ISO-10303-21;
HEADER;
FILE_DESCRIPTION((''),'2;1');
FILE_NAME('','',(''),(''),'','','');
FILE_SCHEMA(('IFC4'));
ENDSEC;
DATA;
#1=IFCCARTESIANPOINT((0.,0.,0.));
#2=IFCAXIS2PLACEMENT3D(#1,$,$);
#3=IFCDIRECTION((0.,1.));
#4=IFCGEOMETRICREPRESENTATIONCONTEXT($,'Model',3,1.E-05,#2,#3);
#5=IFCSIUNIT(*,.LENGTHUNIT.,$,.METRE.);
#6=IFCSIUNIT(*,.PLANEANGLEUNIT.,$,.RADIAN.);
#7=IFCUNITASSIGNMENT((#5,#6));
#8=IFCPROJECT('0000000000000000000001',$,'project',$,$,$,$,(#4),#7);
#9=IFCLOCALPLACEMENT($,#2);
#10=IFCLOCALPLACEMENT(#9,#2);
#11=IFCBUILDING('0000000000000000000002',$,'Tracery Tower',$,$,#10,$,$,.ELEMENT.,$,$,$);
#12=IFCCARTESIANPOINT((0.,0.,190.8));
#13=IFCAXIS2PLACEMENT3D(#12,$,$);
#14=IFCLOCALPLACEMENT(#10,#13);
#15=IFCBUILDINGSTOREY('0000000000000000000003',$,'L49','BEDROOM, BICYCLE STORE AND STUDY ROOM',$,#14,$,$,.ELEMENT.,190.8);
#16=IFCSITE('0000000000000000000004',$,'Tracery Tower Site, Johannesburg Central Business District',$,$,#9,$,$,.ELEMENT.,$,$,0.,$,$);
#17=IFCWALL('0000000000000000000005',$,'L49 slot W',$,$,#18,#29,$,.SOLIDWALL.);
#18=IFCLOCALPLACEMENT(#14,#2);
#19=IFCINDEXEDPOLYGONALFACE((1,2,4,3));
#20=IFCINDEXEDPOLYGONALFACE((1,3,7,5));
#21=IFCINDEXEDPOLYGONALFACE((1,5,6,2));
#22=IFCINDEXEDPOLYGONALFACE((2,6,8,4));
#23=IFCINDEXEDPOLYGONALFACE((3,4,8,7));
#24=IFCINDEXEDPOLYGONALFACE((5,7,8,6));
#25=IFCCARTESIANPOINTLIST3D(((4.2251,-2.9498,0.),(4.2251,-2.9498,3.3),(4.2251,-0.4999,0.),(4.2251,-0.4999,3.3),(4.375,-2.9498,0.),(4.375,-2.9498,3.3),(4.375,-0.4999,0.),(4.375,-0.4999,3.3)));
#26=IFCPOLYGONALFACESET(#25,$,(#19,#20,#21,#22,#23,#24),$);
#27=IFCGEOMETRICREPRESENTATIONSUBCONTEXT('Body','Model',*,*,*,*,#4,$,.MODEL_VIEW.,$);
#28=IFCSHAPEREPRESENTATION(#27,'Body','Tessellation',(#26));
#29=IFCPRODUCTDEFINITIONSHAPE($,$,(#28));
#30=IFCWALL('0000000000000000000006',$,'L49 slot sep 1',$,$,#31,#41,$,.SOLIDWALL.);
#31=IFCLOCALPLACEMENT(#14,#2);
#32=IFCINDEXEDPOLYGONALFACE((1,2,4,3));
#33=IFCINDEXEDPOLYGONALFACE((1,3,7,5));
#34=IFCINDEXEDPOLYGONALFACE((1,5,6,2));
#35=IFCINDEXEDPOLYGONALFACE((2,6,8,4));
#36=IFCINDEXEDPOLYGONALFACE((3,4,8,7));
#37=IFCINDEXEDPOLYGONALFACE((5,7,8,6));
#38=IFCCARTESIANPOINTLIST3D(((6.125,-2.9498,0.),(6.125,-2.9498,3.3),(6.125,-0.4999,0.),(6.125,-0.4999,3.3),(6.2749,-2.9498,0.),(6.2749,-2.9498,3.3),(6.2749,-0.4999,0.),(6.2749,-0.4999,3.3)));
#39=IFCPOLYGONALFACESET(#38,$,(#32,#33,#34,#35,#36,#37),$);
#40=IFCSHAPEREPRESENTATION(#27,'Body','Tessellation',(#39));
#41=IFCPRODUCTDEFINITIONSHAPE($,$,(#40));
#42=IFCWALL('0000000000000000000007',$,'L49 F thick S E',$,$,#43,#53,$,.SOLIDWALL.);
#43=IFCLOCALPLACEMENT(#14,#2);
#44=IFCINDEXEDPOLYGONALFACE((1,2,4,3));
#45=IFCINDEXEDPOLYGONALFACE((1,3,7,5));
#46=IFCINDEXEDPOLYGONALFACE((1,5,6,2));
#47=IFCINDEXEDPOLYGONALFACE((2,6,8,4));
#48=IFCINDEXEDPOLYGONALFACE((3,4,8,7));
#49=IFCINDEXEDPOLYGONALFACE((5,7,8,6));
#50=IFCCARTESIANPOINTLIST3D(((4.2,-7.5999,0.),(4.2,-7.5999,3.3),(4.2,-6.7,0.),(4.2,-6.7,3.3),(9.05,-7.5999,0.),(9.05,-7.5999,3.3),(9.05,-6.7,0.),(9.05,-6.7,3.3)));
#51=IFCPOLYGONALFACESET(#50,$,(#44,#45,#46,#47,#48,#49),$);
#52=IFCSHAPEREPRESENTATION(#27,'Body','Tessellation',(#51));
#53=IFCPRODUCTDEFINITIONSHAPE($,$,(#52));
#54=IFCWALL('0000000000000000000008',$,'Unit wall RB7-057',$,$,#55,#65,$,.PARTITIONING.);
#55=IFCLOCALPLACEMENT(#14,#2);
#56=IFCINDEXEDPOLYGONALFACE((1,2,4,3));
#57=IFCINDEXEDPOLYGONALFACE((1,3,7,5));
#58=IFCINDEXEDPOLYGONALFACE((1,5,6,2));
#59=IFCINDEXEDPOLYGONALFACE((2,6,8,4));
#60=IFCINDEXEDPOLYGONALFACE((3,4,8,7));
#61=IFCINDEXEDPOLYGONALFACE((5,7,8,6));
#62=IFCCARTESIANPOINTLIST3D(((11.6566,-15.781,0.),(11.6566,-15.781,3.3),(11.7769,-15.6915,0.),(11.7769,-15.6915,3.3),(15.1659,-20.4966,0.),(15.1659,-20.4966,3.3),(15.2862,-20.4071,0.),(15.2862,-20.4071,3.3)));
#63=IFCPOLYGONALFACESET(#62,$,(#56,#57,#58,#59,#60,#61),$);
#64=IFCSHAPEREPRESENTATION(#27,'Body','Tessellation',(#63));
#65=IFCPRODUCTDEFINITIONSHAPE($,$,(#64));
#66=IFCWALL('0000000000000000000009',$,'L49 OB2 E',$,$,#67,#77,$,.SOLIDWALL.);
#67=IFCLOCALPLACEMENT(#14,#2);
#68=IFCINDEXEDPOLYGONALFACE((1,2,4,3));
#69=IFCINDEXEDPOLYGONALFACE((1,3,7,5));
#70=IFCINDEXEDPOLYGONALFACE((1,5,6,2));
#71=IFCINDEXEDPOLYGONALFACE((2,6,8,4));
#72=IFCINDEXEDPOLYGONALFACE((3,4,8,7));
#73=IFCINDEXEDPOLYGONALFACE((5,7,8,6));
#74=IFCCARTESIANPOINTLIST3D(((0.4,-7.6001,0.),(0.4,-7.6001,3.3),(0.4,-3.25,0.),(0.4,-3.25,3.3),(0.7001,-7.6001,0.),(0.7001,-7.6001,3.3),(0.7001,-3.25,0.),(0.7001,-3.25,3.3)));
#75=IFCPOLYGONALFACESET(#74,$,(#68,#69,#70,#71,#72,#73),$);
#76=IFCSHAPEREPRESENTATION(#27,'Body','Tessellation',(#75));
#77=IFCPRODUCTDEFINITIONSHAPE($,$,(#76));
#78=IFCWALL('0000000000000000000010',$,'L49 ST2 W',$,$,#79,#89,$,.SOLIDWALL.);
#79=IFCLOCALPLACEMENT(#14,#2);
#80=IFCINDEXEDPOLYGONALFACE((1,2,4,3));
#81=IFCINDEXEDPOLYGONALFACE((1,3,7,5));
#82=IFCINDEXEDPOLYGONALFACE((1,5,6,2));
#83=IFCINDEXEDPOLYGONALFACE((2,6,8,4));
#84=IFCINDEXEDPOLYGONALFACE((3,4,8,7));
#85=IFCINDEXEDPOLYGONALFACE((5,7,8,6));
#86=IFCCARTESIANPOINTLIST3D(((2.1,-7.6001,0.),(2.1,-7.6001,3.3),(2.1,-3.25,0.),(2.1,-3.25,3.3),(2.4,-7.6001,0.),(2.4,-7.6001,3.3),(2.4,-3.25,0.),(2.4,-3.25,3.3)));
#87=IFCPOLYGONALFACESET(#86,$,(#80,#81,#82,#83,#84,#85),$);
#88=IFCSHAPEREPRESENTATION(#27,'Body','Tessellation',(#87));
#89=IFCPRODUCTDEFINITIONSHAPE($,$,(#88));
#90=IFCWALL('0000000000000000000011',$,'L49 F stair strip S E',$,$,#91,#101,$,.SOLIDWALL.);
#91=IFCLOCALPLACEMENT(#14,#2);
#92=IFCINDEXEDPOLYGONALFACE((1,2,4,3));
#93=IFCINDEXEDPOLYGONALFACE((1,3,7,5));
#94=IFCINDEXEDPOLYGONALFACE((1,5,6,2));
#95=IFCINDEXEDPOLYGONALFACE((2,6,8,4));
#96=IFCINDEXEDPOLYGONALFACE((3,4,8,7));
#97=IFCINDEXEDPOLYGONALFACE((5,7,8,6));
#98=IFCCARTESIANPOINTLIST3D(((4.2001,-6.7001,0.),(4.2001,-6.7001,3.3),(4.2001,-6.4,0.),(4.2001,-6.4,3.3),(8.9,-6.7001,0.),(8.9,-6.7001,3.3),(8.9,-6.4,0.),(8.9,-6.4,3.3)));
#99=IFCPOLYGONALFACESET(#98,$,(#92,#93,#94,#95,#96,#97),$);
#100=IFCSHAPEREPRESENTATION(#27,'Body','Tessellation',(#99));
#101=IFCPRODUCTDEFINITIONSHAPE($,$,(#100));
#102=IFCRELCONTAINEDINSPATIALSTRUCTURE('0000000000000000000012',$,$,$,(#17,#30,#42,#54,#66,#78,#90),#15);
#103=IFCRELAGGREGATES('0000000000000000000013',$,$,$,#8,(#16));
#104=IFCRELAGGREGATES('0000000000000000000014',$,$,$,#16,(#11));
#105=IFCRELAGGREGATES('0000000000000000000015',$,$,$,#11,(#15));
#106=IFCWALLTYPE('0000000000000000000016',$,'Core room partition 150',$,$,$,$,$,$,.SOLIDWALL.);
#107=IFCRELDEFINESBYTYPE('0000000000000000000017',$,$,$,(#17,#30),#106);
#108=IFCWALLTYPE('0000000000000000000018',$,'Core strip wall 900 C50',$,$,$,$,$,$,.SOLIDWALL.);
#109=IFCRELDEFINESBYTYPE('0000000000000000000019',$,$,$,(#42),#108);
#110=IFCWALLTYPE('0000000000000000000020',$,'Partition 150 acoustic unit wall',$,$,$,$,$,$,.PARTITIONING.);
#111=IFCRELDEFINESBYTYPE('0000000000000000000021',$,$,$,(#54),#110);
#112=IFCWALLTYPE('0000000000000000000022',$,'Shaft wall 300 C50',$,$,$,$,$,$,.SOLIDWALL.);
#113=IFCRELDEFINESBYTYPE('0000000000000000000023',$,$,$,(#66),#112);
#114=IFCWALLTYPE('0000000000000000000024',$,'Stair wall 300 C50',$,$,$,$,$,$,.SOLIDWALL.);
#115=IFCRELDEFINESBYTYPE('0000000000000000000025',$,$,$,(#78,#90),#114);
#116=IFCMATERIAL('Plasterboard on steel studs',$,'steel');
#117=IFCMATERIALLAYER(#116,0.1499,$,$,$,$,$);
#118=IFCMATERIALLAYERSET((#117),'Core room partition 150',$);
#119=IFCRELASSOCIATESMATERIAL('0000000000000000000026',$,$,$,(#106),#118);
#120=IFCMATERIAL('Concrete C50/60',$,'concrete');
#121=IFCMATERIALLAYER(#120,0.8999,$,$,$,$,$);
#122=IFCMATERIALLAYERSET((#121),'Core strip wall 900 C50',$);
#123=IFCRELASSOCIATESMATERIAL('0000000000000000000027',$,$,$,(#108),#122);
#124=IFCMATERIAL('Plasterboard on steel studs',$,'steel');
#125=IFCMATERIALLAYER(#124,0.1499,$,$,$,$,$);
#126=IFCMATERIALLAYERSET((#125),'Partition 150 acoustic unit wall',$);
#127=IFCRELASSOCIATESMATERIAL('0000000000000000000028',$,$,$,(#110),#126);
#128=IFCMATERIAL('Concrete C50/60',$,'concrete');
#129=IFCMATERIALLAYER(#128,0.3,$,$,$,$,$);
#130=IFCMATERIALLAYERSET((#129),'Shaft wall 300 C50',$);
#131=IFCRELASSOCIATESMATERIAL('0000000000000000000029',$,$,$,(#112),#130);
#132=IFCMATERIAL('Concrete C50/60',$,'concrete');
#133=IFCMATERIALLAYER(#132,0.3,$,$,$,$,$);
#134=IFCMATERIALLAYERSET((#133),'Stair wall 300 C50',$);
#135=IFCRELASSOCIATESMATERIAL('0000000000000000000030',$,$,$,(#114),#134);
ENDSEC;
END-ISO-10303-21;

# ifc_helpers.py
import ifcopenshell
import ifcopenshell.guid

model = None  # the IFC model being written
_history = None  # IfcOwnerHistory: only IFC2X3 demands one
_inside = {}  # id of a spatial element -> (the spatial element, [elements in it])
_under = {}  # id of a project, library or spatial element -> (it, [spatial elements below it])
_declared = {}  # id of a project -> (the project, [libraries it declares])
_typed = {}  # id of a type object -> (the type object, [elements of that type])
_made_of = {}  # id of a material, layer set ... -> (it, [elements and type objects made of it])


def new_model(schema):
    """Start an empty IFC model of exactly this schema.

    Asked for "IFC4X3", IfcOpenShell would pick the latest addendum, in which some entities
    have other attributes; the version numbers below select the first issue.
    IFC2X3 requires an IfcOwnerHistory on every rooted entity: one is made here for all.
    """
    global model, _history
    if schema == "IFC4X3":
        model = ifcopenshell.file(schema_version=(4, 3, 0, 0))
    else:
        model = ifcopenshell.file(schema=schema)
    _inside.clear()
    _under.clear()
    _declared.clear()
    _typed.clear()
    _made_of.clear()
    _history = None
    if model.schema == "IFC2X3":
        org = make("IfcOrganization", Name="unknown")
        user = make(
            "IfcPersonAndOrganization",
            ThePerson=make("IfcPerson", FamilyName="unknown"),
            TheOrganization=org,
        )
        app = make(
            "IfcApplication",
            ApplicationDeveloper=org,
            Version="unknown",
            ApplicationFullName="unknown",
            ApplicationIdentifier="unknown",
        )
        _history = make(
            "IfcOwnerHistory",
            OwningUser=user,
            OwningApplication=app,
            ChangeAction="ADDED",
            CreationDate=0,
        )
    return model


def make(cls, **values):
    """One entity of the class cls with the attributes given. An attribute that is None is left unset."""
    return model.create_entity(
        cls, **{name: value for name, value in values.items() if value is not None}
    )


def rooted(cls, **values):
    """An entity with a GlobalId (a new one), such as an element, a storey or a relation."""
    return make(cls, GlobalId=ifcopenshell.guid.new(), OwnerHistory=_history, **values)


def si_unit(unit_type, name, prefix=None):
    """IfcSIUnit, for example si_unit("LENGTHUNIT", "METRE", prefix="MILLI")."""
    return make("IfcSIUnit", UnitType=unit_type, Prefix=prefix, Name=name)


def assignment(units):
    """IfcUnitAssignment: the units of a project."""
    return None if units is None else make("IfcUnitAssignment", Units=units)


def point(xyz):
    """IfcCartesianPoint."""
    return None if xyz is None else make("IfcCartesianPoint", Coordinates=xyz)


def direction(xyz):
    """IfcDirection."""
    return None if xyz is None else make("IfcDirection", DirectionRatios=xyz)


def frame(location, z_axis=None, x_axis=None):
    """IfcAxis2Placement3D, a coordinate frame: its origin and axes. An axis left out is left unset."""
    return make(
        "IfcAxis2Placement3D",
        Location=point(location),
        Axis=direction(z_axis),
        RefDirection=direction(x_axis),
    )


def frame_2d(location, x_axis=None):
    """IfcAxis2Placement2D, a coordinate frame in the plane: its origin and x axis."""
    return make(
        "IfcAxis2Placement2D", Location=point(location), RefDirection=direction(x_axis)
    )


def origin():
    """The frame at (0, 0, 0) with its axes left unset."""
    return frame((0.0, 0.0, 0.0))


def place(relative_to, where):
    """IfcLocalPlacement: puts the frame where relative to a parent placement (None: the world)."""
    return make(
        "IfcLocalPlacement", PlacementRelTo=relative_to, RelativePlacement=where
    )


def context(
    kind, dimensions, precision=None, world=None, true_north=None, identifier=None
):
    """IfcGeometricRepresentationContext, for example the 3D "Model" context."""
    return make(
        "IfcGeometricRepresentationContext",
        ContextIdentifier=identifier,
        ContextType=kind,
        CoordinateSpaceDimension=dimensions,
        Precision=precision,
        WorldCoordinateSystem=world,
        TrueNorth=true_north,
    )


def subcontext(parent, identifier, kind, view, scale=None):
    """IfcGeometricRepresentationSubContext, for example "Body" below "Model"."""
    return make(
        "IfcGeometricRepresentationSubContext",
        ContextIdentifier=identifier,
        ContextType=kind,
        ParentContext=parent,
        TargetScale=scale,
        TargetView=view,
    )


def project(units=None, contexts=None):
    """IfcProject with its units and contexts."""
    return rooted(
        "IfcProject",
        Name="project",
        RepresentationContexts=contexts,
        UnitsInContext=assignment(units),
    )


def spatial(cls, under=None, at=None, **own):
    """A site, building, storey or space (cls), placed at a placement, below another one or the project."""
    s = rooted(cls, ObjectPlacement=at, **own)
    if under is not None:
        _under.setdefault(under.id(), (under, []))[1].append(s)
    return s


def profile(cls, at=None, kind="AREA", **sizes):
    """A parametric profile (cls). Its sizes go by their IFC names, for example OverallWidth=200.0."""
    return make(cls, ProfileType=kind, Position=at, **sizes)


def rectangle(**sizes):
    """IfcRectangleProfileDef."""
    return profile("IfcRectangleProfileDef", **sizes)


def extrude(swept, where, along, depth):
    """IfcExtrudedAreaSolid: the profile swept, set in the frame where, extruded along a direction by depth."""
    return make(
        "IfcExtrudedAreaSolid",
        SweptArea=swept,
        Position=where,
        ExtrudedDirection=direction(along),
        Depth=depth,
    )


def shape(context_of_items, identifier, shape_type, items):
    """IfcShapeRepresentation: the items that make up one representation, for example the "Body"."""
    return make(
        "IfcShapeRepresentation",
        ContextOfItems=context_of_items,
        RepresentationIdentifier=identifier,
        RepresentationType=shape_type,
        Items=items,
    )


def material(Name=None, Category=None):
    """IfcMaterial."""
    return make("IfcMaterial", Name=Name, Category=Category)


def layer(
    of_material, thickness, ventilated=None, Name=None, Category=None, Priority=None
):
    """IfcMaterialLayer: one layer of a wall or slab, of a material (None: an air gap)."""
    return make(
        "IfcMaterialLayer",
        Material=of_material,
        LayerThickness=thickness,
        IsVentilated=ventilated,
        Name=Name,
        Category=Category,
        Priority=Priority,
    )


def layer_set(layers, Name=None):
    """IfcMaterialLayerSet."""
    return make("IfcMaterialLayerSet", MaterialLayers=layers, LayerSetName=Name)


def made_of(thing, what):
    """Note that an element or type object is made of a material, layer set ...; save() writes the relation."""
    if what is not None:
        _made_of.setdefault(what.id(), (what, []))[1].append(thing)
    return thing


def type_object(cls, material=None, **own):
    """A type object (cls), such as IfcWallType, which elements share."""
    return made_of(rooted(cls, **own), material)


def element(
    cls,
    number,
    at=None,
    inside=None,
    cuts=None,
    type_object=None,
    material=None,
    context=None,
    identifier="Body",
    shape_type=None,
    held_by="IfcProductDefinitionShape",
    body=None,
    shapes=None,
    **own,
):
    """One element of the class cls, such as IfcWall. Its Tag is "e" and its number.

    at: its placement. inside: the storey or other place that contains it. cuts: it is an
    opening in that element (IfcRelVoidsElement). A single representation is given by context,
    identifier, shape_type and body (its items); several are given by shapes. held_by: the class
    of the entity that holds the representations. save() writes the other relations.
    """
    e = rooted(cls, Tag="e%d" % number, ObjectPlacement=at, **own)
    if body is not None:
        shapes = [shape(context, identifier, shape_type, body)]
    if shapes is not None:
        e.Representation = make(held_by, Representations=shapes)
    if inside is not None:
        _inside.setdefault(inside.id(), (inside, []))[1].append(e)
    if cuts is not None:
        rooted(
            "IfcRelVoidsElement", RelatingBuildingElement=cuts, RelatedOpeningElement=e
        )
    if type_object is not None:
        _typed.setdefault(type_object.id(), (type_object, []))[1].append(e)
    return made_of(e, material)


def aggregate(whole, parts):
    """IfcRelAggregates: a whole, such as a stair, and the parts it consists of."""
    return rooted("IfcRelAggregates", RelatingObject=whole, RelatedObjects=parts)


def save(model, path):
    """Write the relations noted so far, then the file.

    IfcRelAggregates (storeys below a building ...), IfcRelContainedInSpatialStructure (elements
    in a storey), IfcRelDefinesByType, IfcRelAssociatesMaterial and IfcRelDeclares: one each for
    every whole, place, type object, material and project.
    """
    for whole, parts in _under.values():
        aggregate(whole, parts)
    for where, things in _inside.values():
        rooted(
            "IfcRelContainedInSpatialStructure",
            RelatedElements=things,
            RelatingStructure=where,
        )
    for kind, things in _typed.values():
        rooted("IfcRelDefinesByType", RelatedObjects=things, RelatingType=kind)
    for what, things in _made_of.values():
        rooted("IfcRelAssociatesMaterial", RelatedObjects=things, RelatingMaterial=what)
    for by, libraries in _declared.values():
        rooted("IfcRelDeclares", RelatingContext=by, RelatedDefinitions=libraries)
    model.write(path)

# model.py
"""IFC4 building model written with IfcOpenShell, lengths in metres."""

from ifc_helpers import new_model, si_unit, direction, frame, frame_2d, origin, place, context, subcontext, project, spatial, rectangle, extrude, material, layer, layer_set, type_object, element, save


model = new_model("IFC4")

# Units and contexts
model_context = context("Model", 3, precision=1e-05, world=origin(), true_north=direction((0.0, 1.0)))
body_context = subcontext(model_context, "Body", "Model", "MODEL_VIEW")
ifc_project = project(units=[si_unit("LENGTHUNIT", "METRE"), si_unit("PLANEANGLEUNIT", "RADIAN")], contexts=[model_context])

# Site, building, storey
site_placement = place(None, origin())
site = spatial("IfcSite", under=ifc_project, at=site_placement, Name="Tracery Tower Site, Johannesburg Central Business District", CompositionType="ELEMENT", RefElevation=0.0)
building_placement = place(site_placement, origin())
building = spatial("IfcBuilding", under=site, at=building_placement, Name="Tracery Tower", CompositionType="ELEMENT")
storey_placement = place(building_placement, frame((0.0, 0.0, 190.8)))
storey = spatial("IfcBuildingStorey", under=building, at=storey_placement, Name="L49", Description="BEDROOM, BICYCLE STORE AND STUDY ROOM", CompositionType="ELEMENT", Elevation=190.8)

# Walls
ifc_material_1 = material(Name="Plasterboard on steel studs", Category="steel")
ifc_layer_1 = layer(ifc_material_1, 0.1499)
ifc_layer_set_1 = layer_set([ifc_layer_1], Name="Core room partition 150")
wall_type_1 = type_object("IfcWallType", Name="Core room partition 150", PredefinedType="SOLIDWALL", material=ifc_layer_set_1)
for number, where, z_axis, x_axis, name in (
    (1, (4.3, -2.95, 0.0), (0.0, 0.0, 1.0), (0.0, 1.0, 0.0), "L49 slot W"),
    (2, (6.2, -2.95, 0.0), (0.0, 0.0, 1.0), (0.0, 1.0, 0.0), "L49 slot sep 1"),
):
    element("IfcWall", number, at=place(storey_placement, frame(where, z_axis=z_axis, x_axis=x_axis)), inside=storey, type_object=wall_type_1, Name=name, PredefinedType="SOLIDWALL", context=body_context, shape_type="SweptSolid", body=[
        extrude(rectangle(XDim=2.45, YDim=0.1499, at=frame_2d((1.2251, 0.0))), origin(), (0.0, 0.0, 1.0), 3.3),
    ])
ifc_material_2 = material(Name="Concrete C50/60", Category="concrete")
ifc_layer_2 = layer(ifc_material_2, 0.8999)
ifc_layer_set_2 = layer_set([ifc_layer_2], Name="Core strip wall 900 C50")
wall_type_2 = type_object("IfcWallType", Name="Core strip wall 900 C50", PredefinedType="SOLIDWALL", material=ifc_layer_set_2)
wall_1_placement = place(storey_placement, frame((4.2, -7.1499, 0.0), z_axis=(0.0, 0.0, 1.0), x_axis=(1.0, 0.0, 0.0)))
element("IfcWall", 3, at=wall_1_placement, inside=storey, type_object=wall_type_2, Name="L49 F thick S E", PredefinedType="SOLIDWALL", context=body_context, shape_type="SweptSolid", body=[
    extrude(rectangle(XDim=4.8501, YDim=0.8999, at=frame_2d((2.425, 0.0))), origin(), (0.0, 0.0, 1.0), 3.3),
])
ifc_material_3 = material(Name="Plasterboard on steel studs", Category="steel")
ifc_layer_3 = layer(ifc_material_3, 0.1499)
ifc_layer_set_3 = layer_set([ifc_layer_3], Name="Partition 150 acoustic unit wall")
wall_type_3 = type_object("IfcWallType", Name="Partition 150 acoustic unit wall", PredefinedType="PARTITIONING", material=ifc_layer_set_3)
wall_2_placement = place(storey_placement, frame((11.7168, -15.7363, 0.0), z_axis=(0.0, 0.0, 1.0), x_axis=(0.597012, -0.802232, 0.0)))
element("IfcWall", 4, at=wall_2_placement, inside=storey, type_object=wall_type_3, Name="Unit wall RB7-057", PredefinedType="PARTITIONING", context=body_context, shape_type="SweptSolid", body=[
    extrude(rectangle(XDim=5.8782, YDim=0.1499, at=frame_2d((2.939, 0.0))), origin(), (0.0, 0.0, 1.0), 3.3),
])
ifc_material_4 = material(Name="Concrete C50/60", Category="concrete")
ifc_layer_4 = layer(ifc_material_4, 0.3)
ifc_layer_set_4 = layer_set([ifc_layer_4], Name="Shaft wall 300 C50")
wall_type_4 = type_object("IfcWallType", Name="Shaft wall 300 C50", PredefinedType="SOLIDWALL", material=ifc_layer_set_4)
wall_3_placement = place(storey_placement, frame((0.55, -7.6001, 0.0), z_axis=(0.0, 0.0, 1.0), x_axis=(0.0, 1.0, 0.0)))
element("IfcWall", 5, at=wall_3_placement, inside=storey, type_object=wall_type_4, Name="L49 OB2 E", PredefinedType="SOLIDWALL", context=body_context, shape_type="SweptSolid", body=[
    extrude(rectangle(XDim=4.3501, YDim=0.3, at=frame_2d((2.175, 0.0))), origin(), (0.0, 0.0, 1.0), 3.3),
])

# Shared definitions
ifc_material_5 = material(Name="Concrete C50/60", Category="concrete")
ifc_layer_5 = layer(ifc_material_5, 0.3)
ifc_layer_set_5 = layer_set([ifc_layer_5], Name="Stair wall 300 C50")
wall_type_5 = type_object("IfcWallType", Name="Stair wall 300 C50", PredefinedType="SOLIDWALL", material=ifc_layer_set_5)

# Wall
wall_4_placement = place(storey_placement, frame((2.25, -7.6001, 0.0), z_axis=(0.0, 0.0, 1.0), x_axis=(0.0, 1.0, 0.0)))
element("IfcWall", 6, at=wall_4_placement, inside=storey, type_object=wall_type_5, Name="L49 ST2 W", PredefinedType="SOLIDWALL", context=body_context, shape_type="SweptSolid", body=[
    extrude(rectangle(XDim=4.3501, YDim=0.3, at=frame_2d((2.175, 0.0))), origin(), (0.0, 0.0, 1.0), 3.3),
])

# Wall
wall_5_placement = place(storey_placement, frame((4.2, -6.55, 0.0), z_axis=(0.0, 0.0, 1.0), x_axis=(1.0, 0.0, 0.0)))
element("IfcWall", 7, at=wall_5_placement, inside=storey, type_object=wall_type_5, Name="L49 F stair strip S E", PredefinedType="SOLIDWALL", context=body_context, shape_type="SweptSolid", body=[
    extrude(rectangle(XDim=4.7, YDim=0.3, at=frame_2d((2.3501, 0.0))), origin(), (0.0, 0.0, 1.0), 3.3),
])

save(model, "model.ifc")
